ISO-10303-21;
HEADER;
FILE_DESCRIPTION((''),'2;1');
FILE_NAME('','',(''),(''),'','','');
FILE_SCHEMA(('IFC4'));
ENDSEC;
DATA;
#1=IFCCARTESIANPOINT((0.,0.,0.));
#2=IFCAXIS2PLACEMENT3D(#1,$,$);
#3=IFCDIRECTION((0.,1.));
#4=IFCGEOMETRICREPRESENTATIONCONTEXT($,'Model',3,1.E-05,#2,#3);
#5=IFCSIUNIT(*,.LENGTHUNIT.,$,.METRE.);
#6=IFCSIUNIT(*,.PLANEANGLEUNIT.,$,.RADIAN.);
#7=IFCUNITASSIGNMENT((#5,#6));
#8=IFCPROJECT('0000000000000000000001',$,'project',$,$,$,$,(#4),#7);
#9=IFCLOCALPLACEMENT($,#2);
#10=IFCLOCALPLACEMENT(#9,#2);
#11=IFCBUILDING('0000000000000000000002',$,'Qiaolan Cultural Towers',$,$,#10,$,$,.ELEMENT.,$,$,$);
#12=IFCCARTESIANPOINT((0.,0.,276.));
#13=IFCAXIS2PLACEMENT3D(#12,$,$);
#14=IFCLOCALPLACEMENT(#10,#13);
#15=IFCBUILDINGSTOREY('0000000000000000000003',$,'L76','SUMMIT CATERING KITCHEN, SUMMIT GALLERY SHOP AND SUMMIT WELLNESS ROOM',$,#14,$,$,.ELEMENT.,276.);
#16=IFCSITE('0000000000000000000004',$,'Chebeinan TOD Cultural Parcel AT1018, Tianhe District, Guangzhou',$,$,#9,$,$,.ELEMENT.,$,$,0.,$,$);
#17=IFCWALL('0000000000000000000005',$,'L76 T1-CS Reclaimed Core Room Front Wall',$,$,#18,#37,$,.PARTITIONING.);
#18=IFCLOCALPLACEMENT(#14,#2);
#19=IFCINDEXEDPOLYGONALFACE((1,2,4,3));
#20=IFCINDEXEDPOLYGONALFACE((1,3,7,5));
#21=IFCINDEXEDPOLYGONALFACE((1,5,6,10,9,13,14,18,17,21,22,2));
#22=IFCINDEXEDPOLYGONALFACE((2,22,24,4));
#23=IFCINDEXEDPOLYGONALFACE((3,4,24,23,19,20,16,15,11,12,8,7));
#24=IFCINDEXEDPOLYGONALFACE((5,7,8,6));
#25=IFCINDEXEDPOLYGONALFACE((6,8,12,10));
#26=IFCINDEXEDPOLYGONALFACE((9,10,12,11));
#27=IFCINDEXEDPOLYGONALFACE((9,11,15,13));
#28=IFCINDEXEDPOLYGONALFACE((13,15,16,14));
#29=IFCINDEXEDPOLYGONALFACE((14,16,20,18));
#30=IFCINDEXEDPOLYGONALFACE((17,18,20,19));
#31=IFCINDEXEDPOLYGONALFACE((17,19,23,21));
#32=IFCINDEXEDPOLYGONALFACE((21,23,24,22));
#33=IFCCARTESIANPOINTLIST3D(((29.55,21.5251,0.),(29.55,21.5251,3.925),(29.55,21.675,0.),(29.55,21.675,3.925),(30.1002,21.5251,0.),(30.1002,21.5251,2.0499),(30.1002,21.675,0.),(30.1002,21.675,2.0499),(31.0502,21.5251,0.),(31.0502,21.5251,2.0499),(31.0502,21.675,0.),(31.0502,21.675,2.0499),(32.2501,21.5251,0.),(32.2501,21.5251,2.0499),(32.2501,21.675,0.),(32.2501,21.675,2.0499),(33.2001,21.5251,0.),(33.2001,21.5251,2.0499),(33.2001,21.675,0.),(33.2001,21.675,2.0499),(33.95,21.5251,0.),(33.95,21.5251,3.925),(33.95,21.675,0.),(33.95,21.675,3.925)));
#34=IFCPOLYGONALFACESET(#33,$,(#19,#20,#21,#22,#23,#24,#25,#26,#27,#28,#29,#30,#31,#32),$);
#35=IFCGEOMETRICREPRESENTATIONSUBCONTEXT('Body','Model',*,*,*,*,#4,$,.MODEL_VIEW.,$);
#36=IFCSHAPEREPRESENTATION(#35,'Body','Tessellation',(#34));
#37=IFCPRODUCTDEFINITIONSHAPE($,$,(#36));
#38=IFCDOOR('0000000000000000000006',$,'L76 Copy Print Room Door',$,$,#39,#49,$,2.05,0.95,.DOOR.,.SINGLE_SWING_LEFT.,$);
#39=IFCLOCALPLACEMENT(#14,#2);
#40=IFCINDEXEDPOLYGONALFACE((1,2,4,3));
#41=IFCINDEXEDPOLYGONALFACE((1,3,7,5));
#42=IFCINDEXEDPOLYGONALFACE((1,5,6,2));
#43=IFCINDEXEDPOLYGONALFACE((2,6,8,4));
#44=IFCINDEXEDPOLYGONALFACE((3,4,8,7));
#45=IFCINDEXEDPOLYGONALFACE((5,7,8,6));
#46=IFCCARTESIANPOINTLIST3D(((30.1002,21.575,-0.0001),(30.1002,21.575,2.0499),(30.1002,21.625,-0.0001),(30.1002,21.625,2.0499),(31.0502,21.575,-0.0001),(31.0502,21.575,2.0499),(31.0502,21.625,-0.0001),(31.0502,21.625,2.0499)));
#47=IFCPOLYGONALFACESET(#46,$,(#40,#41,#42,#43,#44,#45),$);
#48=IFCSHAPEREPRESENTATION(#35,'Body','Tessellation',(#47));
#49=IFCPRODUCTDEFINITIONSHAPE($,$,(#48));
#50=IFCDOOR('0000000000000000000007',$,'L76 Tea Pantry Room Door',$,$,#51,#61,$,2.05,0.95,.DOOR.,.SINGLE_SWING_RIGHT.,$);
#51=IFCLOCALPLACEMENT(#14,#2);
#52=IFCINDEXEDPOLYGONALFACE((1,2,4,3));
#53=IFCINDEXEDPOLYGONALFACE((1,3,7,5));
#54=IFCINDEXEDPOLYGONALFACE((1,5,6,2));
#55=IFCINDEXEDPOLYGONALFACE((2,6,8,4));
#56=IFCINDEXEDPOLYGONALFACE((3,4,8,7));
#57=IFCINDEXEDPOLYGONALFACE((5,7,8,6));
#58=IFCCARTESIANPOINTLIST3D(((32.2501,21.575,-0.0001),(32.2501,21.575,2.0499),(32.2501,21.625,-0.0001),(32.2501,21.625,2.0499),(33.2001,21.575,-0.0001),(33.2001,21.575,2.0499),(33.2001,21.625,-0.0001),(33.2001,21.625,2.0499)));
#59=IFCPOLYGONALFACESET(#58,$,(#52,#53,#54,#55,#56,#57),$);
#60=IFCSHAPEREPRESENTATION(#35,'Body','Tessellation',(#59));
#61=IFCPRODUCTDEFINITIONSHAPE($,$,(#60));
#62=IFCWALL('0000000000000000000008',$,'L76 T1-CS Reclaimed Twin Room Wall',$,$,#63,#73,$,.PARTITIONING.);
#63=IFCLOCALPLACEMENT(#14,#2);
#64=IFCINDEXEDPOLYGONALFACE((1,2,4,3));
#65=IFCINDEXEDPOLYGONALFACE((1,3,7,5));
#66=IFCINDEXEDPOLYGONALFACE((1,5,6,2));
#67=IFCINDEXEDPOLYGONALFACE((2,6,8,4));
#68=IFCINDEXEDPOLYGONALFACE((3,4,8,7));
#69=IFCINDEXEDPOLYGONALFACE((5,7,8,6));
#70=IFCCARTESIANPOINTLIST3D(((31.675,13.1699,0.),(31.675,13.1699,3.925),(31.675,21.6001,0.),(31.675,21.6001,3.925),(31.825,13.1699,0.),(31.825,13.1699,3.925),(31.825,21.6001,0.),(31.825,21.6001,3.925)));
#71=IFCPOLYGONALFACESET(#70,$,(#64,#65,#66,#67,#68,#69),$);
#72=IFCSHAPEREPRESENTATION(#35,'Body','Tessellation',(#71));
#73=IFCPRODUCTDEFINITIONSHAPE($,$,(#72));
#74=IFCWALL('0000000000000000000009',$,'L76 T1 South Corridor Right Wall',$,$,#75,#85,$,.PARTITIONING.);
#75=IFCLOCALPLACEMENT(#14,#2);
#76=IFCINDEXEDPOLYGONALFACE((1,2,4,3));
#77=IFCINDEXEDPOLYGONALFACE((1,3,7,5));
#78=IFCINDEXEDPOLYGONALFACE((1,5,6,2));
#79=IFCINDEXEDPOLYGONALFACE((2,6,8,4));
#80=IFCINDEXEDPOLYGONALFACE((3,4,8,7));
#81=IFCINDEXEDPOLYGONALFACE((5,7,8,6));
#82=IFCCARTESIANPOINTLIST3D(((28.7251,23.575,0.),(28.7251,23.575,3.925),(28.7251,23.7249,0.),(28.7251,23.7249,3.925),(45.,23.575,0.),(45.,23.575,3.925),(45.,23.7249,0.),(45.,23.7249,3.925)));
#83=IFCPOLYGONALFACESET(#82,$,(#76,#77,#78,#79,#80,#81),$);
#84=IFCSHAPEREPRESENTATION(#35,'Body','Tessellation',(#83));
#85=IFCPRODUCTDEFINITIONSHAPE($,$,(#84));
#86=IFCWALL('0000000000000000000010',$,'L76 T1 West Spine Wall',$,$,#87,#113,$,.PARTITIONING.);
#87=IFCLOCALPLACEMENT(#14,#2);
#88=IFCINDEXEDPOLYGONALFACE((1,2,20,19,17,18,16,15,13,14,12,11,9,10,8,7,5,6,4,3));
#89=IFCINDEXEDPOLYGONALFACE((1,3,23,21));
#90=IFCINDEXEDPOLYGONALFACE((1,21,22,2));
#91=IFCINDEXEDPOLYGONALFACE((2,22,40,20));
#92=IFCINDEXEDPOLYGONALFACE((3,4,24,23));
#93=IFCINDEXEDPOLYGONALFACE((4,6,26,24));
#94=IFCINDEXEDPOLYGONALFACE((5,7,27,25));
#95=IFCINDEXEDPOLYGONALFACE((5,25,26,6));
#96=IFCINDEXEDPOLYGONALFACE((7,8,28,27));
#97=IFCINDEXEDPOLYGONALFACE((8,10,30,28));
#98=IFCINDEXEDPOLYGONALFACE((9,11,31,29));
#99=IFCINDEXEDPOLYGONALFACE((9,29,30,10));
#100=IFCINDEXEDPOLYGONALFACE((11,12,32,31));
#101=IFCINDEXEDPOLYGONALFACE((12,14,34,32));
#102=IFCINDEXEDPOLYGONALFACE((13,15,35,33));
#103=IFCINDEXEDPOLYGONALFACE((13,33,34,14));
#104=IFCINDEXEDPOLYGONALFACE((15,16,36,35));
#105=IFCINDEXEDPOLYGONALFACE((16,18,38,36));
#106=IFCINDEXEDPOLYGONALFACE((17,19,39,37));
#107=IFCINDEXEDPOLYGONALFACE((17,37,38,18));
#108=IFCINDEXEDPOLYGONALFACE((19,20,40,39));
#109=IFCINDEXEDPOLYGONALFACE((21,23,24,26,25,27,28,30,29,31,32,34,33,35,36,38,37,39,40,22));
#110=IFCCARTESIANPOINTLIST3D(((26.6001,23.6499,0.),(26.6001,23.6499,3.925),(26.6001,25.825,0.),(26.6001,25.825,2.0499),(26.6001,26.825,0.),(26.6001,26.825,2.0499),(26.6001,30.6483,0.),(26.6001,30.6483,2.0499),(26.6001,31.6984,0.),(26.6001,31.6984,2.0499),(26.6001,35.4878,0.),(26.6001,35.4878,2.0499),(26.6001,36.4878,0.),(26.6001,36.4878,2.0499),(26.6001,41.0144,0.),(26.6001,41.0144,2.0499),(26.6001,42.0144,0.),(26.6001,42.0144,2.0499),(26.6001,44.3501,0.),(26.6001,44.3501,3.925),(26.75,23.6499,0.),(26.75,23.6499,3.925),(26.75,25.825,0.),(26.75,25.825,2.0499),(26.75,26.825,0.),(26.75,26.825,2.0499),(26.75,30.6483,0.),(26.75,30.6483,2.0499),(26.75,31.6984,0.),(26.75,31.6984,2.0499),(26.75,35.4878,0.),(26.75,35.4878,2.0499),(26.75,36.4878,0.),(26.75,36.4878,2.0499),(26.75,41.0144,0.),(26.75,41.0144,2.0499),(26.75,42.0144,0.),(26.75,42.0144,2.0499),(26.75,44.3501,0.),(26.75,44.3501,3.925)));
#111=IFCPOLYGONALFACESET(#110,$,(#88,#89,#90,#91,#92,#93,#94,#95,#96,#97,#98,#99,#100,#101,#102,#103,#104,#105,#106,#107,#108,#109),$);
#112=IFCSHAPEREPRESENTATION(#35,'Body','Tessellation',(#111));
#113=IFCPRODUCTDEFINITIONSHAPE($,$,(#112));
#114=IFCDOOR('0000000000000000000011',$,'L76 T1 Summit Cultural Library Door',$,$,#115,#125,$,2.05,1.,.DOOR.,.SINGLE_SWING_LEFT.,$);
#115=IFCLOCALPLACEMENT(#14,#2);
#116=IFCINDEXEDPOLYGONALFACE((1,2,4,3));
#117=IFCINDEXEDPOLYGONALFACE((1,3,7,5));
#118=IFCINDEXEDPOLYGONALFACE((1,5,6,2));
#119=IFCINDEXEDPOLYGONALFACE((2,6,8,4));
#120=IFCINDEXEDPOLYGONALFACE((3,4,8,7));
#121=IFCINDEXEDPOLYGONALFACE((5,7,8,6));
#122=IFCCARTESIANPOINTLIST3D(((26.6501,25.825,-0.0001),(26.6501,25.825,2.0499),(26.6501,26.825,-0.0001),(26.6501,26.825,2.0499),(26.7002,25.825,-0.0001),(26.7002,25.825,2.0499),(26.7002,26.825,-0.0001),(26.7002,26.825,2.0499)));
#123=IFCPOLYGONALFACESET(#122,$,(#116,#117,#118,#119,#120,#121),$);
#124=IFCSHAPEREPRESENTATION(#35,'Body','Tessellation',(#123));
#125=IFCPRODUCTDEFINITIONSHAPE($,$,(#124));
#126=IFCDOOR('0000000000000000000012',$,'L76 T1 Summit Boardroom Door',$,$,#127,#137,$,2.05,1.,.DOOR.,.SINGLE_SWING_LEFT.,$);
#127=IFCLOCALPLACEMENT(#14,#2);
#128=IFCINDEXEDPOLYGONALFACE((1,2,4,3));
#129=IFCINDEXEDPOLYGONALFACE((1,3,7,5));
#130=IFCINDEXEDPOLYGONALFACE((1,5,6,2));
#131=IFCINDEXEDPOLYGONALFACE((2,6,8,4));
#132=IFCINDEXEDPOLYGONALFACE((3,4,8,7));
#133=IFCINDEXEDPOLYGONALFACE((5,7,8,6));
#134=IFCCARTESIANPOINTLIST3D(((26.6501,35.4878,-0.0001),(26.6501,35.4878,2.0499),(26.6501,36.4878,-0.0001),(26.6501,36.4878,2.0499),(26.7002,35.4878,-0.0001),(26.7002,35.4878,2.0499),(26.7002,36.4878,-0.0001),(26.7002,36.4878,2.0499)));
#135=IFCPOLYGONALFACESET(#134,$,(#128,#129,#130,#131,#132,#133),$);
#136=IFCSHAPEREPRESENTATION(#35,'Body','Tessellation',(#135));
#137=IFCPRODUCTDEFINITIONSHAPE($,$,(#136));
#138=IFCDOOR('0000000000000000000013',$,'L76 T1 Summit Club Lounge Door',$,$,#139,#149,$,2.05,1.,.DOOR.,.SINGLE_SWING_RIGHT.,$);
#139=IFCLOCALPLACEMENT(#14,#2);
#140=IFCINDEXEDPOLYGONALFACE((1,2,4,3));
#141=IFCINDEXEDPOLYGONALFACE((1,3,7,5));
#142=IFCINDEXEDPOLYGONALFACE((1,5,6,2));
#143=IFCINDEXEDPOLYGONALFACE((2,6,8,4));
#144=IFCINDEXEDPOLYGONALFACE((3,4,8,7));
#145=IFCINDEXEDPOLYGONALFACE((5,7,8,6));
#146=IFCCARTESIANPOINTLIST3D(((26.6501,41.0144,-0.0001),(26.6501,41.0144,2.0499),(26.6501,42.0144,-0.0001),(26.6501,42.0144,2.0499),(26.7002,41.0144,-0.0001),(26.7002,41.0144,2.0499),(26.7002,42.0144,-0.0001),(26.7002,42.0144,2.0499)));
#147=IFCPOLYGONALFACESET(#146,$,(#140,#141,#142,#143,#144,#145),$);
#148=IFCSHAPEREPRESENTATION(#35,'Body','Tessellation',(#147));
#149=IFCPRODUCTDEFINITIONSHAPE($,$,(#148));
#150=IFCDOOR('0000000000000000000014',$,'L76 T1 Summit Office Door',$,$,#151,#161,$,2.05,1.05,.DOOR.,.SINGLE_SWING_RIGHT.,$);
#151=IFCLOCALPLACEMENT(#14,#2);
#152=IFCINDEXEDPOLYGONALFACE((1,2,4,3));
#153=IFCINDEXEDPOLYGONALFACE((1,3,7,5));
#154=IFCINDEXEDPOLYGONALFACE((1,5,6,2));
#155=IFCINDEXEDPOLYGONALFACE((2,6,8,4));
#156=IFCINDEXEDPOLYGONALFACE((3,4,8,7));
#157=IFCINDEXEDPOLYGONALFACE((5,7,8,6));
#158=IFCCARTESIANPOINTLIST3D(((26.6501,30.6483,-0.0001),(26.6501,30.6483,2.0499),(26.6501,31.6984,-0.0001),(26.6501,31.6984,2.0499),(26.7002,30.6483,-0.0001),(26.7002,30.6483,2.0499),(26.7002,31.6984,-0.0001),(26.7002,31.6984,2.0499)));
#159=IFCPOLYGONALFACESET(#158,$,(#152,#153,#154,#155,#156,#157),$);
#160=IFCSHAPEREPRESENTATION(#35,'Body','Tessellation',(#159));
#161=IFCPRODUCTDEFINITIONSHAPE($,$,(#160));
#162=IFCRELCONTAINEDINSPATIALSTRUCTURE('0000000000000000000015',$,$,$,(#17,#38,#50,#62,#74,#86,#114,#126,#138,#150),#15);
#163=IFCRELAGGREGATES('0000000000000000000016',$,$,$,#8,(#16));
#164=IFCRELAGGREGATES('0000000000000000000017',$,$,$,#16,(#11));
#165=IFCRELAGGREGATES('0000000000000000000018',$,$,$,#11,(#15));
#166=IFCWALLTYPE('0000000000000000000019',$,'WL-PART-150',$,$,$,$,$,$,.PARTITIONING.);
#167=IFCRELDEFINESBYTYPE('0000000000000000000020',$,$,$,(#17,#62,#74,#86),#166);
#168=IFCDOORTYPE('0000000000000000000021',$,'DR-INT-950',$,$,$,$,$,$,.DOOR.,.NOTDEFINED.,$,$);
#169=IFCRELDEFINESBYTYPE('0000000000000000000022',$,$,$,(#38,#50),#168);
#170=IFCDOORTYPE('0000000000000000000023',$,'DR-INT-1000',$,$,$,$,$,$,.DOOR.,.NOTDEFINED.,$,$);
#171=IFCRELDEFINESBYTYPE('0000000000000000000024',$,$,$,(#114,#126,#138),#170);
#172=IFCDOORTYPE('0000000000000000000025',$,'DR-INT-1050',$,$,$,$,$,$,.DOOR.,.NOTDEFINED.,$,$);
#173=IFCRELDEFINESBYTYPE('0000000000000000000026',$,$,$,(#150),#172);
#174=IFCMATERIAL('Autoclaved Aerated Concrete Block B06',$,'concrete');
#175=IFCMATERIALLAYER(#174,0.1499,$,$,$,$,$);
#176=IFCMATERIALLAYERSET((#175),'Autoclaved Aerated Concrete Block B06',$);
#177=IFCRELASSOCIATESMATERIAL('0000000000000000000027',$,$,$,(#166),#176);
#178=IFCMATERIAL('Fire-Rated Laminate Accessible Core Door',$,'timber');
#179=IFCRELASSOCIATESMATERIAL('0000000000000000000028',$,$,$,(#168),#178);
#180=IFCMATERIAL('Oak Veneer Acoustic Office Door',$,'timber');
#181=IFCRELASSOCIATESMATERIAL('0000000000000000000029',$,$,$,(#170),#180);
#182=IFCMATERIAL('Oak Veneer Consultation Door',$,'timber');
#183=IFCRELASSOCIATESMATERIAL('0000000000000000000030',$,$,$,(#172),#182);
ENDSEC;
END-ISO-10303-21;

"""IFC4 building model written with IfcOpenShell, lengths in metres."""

from ifc_helpers import new_model, si_unit, direction, frame, frame_2d, origin, place, context, subcontext, project, spatial, rectangle, extrude, material, layer, layer_set, type_object, element, fill, save


model = new_model("IFC4")

# Units and contexts
model_context = context("Model", 3, precision=1e-05, world=origin(), true_north=direction((0.0, 1.0)))
body_context = subcontext(model_context, "Body", "Model", "MODEL_VIEW")
ifc_project = project(units=[si_unit("LENGTHUNIT", "METRE"), si_unit("PLANEANGLEUNIT", "RADIAN")], contexts=[model_context])

# Site, building, storey
site_placement = place(None, origin())
site = spatial("IfcSite", under=ifc_project, at=site_placement, Name="Chebeinan TOD Cultural Parcel AT1018, Tianhe District, Guangzhou", CompositionType="ELEMENT", RefElevation=0.0)
building_placement = place(site_placement, origin())
building = spatial("IfcBuilding", under=site, at=building_placement, Name="Qiaolan Cultural Towers", CompositionType="ELEMENT")
storey_placement = place(building_placement, frame((0.0, 0.0, 276.0)))
storey = spatial("IfcBuildingStorey", under=building, at=storey_placement, Name="L76", Description="SUMMIT CATERING KITCHEN, SUMMIT GALLERY SHOP AND SUMMIT WELLNESS ROOM", CompositionType="ELEMENT", Elevation=276.0)

# Wall, openings, doors
ifc_material_1 = material(Name="Autoclaved Aerated Concrete Block B06", Category="concrete")
ifc_layer_1 = layer(ifc_material_1, 0.1499)
ifc_layer_set_1 = layer_set([ifc_layer_1], Name="Autoclaved Aerated Concrete Block B06")
wall_type_1 = type_object("IfcWallType", Name="WL-PART-150", PredefinedType="PARTITIONING", material=ifc_layer_set_1)
wall_1_placement = place(storey_placement, frame((29.55, 21.6001, 0.0), z_axis=(0.0, 0.0, 1.0), x_axis=(1.0, 0.0, 0.0)))
wall_1 = element("IfcWall", 1, at=wall_1_placement, inside=storey, type_object=wall_type_1, Name="L76 T1-CS Reclaimed Core Room Front Wall", PredefinedType="PARTITIONING", context=body_context, shape_type="SweptSolid", body=[
    extrude(rectangle(XDim=4.3999, YDim=0.1499, at=frame_2d((2.2, 0.0))), origin(), (0.0, 0.0, 1.0), 3.925),
])
opening_1_placement = place(wall_1_placement, frame((0.55, 0.0, 0.0)))
opening_1 = element("IfcOpeningElement", 2, at=opening_1_placement, cuts=wall_1, PredefinedType="OPENING", context=body_context, shape_type="SweptSolid", body=[
    extrude(rectangle(XDim=0.95, YDim=2.05, at=frame_2d((0.4751, 1.0249))), frame((0.0, 0.085, 0.0), z_axis=(0.0, -1.0, 0.0), x_axis=(1.0, 0.0, 0.0)), (0.0, 0.0, 1.0), 0.1699),
])
opening_2_placement = place(wall_1_placement, frame((2.7, 0.0, 0.0)))
opening_2 = element("IfcOpeningElement", 3, at=opening_2_placement, cuts=wall_1, PredefinedType="OPENING", context=body_context, shape_type="SweptSolid", body=[
    extrude(rectangle(XDim=0.95, YDim=2.05, at=frame_2d((0.4751, 1.0249))), frame((0.0, 0.085, 0.0), z_axis=(0.0, -1.0, 0.0), x_axis=(1.0, 0.0, 0.0)), (0.0, 0.0, 1.0), 0.1699),
])
ifc_material_2 = material(Name="Fire-Rated Laminate Accessible Core Door", Category="timber")
door_type_1 = type_object("IfcDoorType", Name="DR-INT-950", OperationType="NOTDEFINED", PredefinedType="DOOR", material=ifc_material_2)
door_1_placement = place(opening_1_placement, origin())
door_1 = element("IfcDoor", 4, at=door_1_placement, inside=storey, type_object=door_type_1, Name="L76 Copy Print Room Door", OperationType="SINGLE_SWING_LEFT", OverallHeight=2.05, OverallWidth=0.95, PredefinedType="DOOR", context=body_context, shape_type="SweptSolid", body=[
    extrude(rectangle(XDim=0.95, YDim=2.05, at=frame_2d((0.4751, 1.0249))), frame((0.0, 0.0249, 0.0), z_axis=(0.0, -1.0, 0.0), x_axis=(1.0, 0.0, 0.0)), (0.0, 0.0, 1.0), 0.05),
])
fill(opening_1, door_1)
door_2_placement = place(opening_2_placement, origin())
door_2 = element("IfcDoor", 5, at=door_2_placement, inside=storey, type_object=door_type_1, Name="L76 Tea Pantry Room Door", OperationType="SINGLE_SWING_RIGHT", OverallHeight=2.05, OverallWidth=0.95, PredefinedType="DOOR", context=body_context, shape_type="SweptSolid", body=[
    extrude(rectangle(XDim=0.95, YDim=2.05, at=frame_2d((0.4751, 1.0249))), frame((0.0, 0.0249, 0.0), z_axis=(0.0, -1.0, 0.0), x_axis=(1.0, 0.0, 0.0)), (0.0, 0.0, 1.0), 0.05),
])
fill(opening_2, door_2)

# Walls
wall_2_placement = place(storey_placement, frame((31.75, 21.6001, 0.0), z_axis=(0.0, 0.0, 1.0), x_axis=(0.0, -1.0, 0.0)))
element("IfcWall", 6, at=wall_2_placement, inside=storey, type_object=wall_type_1, Name="L76 T1-CS Reclaimed Twin Room Wall", PredefinedType="PARTITIONING", context=body_context, shape_type="SweptSolid", body=[
    extrude(rectangle(XDim=8.4302, YDim=0.1499, at=frame_2d((4.2151, 0.0))), origin(), (0.0, 0.0, 1.0), 3.925),
])
wall_3_placement = place(storey_placement, frame((28.7251, 23.6499, 0.0), z_axis=(0.0, 0.0, 1.0), x_axis=(1.0, 0.0, 0.0)))
element("IfcWall", 7, at=wall_3_placement, inside=storey, type_object=wall_type_1, Name="L76 T1 South Corridor Right Wall", PredefinedType="PARTITIONING", context=body_context, shape_type="SweptSolid", body=[
    extrude(rectangle(XDim=16.2749, YDim=0.1499, at=frame_2d((8.1375, 0.0))), origin(), (0.0, 0.0, 1.0), 3.925),
])

# Wall, openings, doors
wall_4_placement = place(storey_placement, frame((26.675, 23.6499, 0.0), z_axis=(0.0, 0.0, 1.0), x_axis=(0.0, 1.0, 0.0)))
wall_4 = element("IfcWall", 8, at=wall_4_placement, inside=storey, type_object=wall_type_1, Name="L76 T1 West Spine Wall", PredefinedType="PARTITIONING", context=body_context, shape_type="SweptSolid", body=[
    extrude(rectangle(XDim=20.7002, YDim=0.1499, at=frame_2d((10.3501, 0.0))), origin(), (0.0, 0.0, 1.0), 3.925),
])
opening_3_placement = place(wall_4_placement, frame((2.175, 0.0, 0.0)))
opening_3 = element("IfcOpeningElement", 9, at=opening_3_placement, cuts=wall_4, PredefinedType="OPENING", context=body_context, shape_type="SweptSolid", body=[
    extrude(rectangle(XDim=1.0, YDim=2.05, at=frame_2d((0.5, 1.0249))), frame((0.0, 0.085, 0.0), z_axis=(0.0, -1.0, 0.0), x_axis=(1.0, 0.0, 0.0)), (0.0, 0.0, 1.0), 0.1699),
])
opening_4_placement = place(wall_4_placement, frame((6.9985, 0.0, 0.0)))
opening_4 = element("IfcOpeningElement", 10, at=opening_4_placement, cuts=wall_4, PredefinedType="OPENING", context=body_context, shape_type="SweptSolid", body=[
    extrude(rectangle(XDim=1.05, YDim=2.05, at=frame_2d((0.5249, 1.0249))), frame((0.0, 0.085, 0.0), z_axis=(0.0, -1.0, 0.0), x_axis=(1.0, 0.0, 0.0)), (0.0, 0.0, 1.0), 0.1699),
])
opening_5_placement = place(wall_4_placement, frame((11.8379, 0.0, 0.0)))
opening_5 = element("IfcOpeningElement", 11, at=opening_5_placement, cuts=wall_4, PredefinedType="OPENING", context=body_context, shape_type="SweptSolid", body=[
    extrude(rectangle(XDim=1.0, YDim=2.05, at=frame_2d((0.5, 1.0249))), frame((0.0, 0.085, 0.0), z_axis=(0.0, -1.0, 0.0), x_axis=(1.0, 0.0, 0.0)), (0.0, 0.0, 1.0), 0.1699),
])
opening_6_placement = place(wall_4_placement, frame((17.3645, 0.0, 0.0)))
opening_6 = element("IfcOpeningElement", 12, at=opening_6_placement, cuts=wall_4, PredefinedType="OPENING", context=body_context, shape_type="SweptSolid", body=[
    extrude(rectangle(XDim=1.0, YDim=2.05, at=frame_2d((0.5, 1.0249))), frame((0.0, 0.085, 0.0), z_axis=(0.0, -1.0, 0.0), x_axis=(1.0, 0.0, 0.0)), (0.0, 0.0, 1.0), 0.1699),
])
ifc_material_3 = material(Name="Oak Veneer Acoustic Office Door", Category="timber")
door_type_2 = type_object("IfcDoorType", Name="DR-INT-1000", OperationType="NOTDEFINED", PredefinedType="DOOR", material=ifc_material_3)
door_3_placement = place(opening_3_placement, origin())
door_3 = element("IfcDoor", 13, at=door_3_placement, inside=storey, type_object=door_type_2, Name="L76 T1 Summit Cultural Library Door", OperationType="SINGLE_SWING_LEFT", OverallHeight=2.05, OverallWidth=1.0, PredefinedType="DOOR", context=body_context, shape_type="SweptSolid", body=[
    extrude(rectangle(XDim=1.0, YDim=2.05, at=frame_2d((0.5, 1.0249))), frame((0.0, 0.0249, 0.0), z_axis=(0.0, -1.0, 0.0), x_axis=(1.0, 0.0, 0.0)), (0.0, 0.0, 1.0), 0.05),
])
fill(opening_3, door_3)
door_4_placement = place(opening_5_placement, origin())
door_4 = element("IfcDoor", 14, at=door_4_placement, inside=storey, type_object=door_type_2, Name="L76 T1 Summit Boardroom Door", OperationType="SINGLE_SWING_LEFT", OverallHeight=2.05, OverallWidth=1.0, PredefinedType="DOOR", context=body_context, shape_type="SweptSolid", body=[
    extrude(rectangle(XDim=1.0, YDim=2.05, at=frame_2d((0.5, 1.0249))), frame((0.0, 0.0249, 0.0), z_axis=(0.0, -1.0, 0.0), x_axis=(1.0, 0.0, 0.0)), (0.0, 0.0, 1.0), 0.05),
])
fill(opening_5, door_4)
door_5_placement = place(opening_6_placement, origin())
door_5 = element("IfcDoor", 15, at=door_5_placement, inside=storey, type_object=door_type_2, Name="L76 T1 Summit Club Lounge Door", OperationType="SINGLE_SWING_RIGHT", OverallHeight=2.05, OverallWidth=1.0, PredefinedType="DOOR", context=body_context, shape_type="SweptSolid", body=[
    extrude(rectangle(XDim=1.0, YDim=2.05, at=frame_2d((0.5, 1.0249))), frame((0.0, 0.0249, 0.0), z_axis=(0.0, -1.0, 0.0), x_axis=(1.0, 0.0, 0.0)), (0.0, 0.0, 1.0), 0.05),
])
fill(opening_6, door_5)
ifc_material_4 = material(Name="Oak Veneer Consultation Door", Category="timber")
door_type_3 = type_object("IfcDoorType", Name="DR-INT-1050", OperationType="NOTDEFINED", PredefinedType="DOOR", material=ifc_material_4)
door_6_placement = place(opening_4_placement, origin())
door_6 = element("IfcDoor", 16, at=door_6_placement, inside=storey, type_object=door_type_3, Name="L76 T1 Summit Office Door", OperationType="SINGLE_SWING_RIGHT", OverallHeight=2.05, OverallWidth=1.05, PredefinedType="DOOR", context=body_context, shape_type="SweptSolid", body=[
    extrude(rectangle(XDim=1.05, YDim=2.05, at=frame_2d((0.5249, 1.0249))), frame((0.0, 0.0249, 0.0), z_axis=(0.0, -1.0, 0.0), x_axis=(1.0, 0.0, 0.0)), (0.0, 0.0, 1.0), 0.05),
])
fill(opening_4, door_6)

save(model, "model.ifc")
